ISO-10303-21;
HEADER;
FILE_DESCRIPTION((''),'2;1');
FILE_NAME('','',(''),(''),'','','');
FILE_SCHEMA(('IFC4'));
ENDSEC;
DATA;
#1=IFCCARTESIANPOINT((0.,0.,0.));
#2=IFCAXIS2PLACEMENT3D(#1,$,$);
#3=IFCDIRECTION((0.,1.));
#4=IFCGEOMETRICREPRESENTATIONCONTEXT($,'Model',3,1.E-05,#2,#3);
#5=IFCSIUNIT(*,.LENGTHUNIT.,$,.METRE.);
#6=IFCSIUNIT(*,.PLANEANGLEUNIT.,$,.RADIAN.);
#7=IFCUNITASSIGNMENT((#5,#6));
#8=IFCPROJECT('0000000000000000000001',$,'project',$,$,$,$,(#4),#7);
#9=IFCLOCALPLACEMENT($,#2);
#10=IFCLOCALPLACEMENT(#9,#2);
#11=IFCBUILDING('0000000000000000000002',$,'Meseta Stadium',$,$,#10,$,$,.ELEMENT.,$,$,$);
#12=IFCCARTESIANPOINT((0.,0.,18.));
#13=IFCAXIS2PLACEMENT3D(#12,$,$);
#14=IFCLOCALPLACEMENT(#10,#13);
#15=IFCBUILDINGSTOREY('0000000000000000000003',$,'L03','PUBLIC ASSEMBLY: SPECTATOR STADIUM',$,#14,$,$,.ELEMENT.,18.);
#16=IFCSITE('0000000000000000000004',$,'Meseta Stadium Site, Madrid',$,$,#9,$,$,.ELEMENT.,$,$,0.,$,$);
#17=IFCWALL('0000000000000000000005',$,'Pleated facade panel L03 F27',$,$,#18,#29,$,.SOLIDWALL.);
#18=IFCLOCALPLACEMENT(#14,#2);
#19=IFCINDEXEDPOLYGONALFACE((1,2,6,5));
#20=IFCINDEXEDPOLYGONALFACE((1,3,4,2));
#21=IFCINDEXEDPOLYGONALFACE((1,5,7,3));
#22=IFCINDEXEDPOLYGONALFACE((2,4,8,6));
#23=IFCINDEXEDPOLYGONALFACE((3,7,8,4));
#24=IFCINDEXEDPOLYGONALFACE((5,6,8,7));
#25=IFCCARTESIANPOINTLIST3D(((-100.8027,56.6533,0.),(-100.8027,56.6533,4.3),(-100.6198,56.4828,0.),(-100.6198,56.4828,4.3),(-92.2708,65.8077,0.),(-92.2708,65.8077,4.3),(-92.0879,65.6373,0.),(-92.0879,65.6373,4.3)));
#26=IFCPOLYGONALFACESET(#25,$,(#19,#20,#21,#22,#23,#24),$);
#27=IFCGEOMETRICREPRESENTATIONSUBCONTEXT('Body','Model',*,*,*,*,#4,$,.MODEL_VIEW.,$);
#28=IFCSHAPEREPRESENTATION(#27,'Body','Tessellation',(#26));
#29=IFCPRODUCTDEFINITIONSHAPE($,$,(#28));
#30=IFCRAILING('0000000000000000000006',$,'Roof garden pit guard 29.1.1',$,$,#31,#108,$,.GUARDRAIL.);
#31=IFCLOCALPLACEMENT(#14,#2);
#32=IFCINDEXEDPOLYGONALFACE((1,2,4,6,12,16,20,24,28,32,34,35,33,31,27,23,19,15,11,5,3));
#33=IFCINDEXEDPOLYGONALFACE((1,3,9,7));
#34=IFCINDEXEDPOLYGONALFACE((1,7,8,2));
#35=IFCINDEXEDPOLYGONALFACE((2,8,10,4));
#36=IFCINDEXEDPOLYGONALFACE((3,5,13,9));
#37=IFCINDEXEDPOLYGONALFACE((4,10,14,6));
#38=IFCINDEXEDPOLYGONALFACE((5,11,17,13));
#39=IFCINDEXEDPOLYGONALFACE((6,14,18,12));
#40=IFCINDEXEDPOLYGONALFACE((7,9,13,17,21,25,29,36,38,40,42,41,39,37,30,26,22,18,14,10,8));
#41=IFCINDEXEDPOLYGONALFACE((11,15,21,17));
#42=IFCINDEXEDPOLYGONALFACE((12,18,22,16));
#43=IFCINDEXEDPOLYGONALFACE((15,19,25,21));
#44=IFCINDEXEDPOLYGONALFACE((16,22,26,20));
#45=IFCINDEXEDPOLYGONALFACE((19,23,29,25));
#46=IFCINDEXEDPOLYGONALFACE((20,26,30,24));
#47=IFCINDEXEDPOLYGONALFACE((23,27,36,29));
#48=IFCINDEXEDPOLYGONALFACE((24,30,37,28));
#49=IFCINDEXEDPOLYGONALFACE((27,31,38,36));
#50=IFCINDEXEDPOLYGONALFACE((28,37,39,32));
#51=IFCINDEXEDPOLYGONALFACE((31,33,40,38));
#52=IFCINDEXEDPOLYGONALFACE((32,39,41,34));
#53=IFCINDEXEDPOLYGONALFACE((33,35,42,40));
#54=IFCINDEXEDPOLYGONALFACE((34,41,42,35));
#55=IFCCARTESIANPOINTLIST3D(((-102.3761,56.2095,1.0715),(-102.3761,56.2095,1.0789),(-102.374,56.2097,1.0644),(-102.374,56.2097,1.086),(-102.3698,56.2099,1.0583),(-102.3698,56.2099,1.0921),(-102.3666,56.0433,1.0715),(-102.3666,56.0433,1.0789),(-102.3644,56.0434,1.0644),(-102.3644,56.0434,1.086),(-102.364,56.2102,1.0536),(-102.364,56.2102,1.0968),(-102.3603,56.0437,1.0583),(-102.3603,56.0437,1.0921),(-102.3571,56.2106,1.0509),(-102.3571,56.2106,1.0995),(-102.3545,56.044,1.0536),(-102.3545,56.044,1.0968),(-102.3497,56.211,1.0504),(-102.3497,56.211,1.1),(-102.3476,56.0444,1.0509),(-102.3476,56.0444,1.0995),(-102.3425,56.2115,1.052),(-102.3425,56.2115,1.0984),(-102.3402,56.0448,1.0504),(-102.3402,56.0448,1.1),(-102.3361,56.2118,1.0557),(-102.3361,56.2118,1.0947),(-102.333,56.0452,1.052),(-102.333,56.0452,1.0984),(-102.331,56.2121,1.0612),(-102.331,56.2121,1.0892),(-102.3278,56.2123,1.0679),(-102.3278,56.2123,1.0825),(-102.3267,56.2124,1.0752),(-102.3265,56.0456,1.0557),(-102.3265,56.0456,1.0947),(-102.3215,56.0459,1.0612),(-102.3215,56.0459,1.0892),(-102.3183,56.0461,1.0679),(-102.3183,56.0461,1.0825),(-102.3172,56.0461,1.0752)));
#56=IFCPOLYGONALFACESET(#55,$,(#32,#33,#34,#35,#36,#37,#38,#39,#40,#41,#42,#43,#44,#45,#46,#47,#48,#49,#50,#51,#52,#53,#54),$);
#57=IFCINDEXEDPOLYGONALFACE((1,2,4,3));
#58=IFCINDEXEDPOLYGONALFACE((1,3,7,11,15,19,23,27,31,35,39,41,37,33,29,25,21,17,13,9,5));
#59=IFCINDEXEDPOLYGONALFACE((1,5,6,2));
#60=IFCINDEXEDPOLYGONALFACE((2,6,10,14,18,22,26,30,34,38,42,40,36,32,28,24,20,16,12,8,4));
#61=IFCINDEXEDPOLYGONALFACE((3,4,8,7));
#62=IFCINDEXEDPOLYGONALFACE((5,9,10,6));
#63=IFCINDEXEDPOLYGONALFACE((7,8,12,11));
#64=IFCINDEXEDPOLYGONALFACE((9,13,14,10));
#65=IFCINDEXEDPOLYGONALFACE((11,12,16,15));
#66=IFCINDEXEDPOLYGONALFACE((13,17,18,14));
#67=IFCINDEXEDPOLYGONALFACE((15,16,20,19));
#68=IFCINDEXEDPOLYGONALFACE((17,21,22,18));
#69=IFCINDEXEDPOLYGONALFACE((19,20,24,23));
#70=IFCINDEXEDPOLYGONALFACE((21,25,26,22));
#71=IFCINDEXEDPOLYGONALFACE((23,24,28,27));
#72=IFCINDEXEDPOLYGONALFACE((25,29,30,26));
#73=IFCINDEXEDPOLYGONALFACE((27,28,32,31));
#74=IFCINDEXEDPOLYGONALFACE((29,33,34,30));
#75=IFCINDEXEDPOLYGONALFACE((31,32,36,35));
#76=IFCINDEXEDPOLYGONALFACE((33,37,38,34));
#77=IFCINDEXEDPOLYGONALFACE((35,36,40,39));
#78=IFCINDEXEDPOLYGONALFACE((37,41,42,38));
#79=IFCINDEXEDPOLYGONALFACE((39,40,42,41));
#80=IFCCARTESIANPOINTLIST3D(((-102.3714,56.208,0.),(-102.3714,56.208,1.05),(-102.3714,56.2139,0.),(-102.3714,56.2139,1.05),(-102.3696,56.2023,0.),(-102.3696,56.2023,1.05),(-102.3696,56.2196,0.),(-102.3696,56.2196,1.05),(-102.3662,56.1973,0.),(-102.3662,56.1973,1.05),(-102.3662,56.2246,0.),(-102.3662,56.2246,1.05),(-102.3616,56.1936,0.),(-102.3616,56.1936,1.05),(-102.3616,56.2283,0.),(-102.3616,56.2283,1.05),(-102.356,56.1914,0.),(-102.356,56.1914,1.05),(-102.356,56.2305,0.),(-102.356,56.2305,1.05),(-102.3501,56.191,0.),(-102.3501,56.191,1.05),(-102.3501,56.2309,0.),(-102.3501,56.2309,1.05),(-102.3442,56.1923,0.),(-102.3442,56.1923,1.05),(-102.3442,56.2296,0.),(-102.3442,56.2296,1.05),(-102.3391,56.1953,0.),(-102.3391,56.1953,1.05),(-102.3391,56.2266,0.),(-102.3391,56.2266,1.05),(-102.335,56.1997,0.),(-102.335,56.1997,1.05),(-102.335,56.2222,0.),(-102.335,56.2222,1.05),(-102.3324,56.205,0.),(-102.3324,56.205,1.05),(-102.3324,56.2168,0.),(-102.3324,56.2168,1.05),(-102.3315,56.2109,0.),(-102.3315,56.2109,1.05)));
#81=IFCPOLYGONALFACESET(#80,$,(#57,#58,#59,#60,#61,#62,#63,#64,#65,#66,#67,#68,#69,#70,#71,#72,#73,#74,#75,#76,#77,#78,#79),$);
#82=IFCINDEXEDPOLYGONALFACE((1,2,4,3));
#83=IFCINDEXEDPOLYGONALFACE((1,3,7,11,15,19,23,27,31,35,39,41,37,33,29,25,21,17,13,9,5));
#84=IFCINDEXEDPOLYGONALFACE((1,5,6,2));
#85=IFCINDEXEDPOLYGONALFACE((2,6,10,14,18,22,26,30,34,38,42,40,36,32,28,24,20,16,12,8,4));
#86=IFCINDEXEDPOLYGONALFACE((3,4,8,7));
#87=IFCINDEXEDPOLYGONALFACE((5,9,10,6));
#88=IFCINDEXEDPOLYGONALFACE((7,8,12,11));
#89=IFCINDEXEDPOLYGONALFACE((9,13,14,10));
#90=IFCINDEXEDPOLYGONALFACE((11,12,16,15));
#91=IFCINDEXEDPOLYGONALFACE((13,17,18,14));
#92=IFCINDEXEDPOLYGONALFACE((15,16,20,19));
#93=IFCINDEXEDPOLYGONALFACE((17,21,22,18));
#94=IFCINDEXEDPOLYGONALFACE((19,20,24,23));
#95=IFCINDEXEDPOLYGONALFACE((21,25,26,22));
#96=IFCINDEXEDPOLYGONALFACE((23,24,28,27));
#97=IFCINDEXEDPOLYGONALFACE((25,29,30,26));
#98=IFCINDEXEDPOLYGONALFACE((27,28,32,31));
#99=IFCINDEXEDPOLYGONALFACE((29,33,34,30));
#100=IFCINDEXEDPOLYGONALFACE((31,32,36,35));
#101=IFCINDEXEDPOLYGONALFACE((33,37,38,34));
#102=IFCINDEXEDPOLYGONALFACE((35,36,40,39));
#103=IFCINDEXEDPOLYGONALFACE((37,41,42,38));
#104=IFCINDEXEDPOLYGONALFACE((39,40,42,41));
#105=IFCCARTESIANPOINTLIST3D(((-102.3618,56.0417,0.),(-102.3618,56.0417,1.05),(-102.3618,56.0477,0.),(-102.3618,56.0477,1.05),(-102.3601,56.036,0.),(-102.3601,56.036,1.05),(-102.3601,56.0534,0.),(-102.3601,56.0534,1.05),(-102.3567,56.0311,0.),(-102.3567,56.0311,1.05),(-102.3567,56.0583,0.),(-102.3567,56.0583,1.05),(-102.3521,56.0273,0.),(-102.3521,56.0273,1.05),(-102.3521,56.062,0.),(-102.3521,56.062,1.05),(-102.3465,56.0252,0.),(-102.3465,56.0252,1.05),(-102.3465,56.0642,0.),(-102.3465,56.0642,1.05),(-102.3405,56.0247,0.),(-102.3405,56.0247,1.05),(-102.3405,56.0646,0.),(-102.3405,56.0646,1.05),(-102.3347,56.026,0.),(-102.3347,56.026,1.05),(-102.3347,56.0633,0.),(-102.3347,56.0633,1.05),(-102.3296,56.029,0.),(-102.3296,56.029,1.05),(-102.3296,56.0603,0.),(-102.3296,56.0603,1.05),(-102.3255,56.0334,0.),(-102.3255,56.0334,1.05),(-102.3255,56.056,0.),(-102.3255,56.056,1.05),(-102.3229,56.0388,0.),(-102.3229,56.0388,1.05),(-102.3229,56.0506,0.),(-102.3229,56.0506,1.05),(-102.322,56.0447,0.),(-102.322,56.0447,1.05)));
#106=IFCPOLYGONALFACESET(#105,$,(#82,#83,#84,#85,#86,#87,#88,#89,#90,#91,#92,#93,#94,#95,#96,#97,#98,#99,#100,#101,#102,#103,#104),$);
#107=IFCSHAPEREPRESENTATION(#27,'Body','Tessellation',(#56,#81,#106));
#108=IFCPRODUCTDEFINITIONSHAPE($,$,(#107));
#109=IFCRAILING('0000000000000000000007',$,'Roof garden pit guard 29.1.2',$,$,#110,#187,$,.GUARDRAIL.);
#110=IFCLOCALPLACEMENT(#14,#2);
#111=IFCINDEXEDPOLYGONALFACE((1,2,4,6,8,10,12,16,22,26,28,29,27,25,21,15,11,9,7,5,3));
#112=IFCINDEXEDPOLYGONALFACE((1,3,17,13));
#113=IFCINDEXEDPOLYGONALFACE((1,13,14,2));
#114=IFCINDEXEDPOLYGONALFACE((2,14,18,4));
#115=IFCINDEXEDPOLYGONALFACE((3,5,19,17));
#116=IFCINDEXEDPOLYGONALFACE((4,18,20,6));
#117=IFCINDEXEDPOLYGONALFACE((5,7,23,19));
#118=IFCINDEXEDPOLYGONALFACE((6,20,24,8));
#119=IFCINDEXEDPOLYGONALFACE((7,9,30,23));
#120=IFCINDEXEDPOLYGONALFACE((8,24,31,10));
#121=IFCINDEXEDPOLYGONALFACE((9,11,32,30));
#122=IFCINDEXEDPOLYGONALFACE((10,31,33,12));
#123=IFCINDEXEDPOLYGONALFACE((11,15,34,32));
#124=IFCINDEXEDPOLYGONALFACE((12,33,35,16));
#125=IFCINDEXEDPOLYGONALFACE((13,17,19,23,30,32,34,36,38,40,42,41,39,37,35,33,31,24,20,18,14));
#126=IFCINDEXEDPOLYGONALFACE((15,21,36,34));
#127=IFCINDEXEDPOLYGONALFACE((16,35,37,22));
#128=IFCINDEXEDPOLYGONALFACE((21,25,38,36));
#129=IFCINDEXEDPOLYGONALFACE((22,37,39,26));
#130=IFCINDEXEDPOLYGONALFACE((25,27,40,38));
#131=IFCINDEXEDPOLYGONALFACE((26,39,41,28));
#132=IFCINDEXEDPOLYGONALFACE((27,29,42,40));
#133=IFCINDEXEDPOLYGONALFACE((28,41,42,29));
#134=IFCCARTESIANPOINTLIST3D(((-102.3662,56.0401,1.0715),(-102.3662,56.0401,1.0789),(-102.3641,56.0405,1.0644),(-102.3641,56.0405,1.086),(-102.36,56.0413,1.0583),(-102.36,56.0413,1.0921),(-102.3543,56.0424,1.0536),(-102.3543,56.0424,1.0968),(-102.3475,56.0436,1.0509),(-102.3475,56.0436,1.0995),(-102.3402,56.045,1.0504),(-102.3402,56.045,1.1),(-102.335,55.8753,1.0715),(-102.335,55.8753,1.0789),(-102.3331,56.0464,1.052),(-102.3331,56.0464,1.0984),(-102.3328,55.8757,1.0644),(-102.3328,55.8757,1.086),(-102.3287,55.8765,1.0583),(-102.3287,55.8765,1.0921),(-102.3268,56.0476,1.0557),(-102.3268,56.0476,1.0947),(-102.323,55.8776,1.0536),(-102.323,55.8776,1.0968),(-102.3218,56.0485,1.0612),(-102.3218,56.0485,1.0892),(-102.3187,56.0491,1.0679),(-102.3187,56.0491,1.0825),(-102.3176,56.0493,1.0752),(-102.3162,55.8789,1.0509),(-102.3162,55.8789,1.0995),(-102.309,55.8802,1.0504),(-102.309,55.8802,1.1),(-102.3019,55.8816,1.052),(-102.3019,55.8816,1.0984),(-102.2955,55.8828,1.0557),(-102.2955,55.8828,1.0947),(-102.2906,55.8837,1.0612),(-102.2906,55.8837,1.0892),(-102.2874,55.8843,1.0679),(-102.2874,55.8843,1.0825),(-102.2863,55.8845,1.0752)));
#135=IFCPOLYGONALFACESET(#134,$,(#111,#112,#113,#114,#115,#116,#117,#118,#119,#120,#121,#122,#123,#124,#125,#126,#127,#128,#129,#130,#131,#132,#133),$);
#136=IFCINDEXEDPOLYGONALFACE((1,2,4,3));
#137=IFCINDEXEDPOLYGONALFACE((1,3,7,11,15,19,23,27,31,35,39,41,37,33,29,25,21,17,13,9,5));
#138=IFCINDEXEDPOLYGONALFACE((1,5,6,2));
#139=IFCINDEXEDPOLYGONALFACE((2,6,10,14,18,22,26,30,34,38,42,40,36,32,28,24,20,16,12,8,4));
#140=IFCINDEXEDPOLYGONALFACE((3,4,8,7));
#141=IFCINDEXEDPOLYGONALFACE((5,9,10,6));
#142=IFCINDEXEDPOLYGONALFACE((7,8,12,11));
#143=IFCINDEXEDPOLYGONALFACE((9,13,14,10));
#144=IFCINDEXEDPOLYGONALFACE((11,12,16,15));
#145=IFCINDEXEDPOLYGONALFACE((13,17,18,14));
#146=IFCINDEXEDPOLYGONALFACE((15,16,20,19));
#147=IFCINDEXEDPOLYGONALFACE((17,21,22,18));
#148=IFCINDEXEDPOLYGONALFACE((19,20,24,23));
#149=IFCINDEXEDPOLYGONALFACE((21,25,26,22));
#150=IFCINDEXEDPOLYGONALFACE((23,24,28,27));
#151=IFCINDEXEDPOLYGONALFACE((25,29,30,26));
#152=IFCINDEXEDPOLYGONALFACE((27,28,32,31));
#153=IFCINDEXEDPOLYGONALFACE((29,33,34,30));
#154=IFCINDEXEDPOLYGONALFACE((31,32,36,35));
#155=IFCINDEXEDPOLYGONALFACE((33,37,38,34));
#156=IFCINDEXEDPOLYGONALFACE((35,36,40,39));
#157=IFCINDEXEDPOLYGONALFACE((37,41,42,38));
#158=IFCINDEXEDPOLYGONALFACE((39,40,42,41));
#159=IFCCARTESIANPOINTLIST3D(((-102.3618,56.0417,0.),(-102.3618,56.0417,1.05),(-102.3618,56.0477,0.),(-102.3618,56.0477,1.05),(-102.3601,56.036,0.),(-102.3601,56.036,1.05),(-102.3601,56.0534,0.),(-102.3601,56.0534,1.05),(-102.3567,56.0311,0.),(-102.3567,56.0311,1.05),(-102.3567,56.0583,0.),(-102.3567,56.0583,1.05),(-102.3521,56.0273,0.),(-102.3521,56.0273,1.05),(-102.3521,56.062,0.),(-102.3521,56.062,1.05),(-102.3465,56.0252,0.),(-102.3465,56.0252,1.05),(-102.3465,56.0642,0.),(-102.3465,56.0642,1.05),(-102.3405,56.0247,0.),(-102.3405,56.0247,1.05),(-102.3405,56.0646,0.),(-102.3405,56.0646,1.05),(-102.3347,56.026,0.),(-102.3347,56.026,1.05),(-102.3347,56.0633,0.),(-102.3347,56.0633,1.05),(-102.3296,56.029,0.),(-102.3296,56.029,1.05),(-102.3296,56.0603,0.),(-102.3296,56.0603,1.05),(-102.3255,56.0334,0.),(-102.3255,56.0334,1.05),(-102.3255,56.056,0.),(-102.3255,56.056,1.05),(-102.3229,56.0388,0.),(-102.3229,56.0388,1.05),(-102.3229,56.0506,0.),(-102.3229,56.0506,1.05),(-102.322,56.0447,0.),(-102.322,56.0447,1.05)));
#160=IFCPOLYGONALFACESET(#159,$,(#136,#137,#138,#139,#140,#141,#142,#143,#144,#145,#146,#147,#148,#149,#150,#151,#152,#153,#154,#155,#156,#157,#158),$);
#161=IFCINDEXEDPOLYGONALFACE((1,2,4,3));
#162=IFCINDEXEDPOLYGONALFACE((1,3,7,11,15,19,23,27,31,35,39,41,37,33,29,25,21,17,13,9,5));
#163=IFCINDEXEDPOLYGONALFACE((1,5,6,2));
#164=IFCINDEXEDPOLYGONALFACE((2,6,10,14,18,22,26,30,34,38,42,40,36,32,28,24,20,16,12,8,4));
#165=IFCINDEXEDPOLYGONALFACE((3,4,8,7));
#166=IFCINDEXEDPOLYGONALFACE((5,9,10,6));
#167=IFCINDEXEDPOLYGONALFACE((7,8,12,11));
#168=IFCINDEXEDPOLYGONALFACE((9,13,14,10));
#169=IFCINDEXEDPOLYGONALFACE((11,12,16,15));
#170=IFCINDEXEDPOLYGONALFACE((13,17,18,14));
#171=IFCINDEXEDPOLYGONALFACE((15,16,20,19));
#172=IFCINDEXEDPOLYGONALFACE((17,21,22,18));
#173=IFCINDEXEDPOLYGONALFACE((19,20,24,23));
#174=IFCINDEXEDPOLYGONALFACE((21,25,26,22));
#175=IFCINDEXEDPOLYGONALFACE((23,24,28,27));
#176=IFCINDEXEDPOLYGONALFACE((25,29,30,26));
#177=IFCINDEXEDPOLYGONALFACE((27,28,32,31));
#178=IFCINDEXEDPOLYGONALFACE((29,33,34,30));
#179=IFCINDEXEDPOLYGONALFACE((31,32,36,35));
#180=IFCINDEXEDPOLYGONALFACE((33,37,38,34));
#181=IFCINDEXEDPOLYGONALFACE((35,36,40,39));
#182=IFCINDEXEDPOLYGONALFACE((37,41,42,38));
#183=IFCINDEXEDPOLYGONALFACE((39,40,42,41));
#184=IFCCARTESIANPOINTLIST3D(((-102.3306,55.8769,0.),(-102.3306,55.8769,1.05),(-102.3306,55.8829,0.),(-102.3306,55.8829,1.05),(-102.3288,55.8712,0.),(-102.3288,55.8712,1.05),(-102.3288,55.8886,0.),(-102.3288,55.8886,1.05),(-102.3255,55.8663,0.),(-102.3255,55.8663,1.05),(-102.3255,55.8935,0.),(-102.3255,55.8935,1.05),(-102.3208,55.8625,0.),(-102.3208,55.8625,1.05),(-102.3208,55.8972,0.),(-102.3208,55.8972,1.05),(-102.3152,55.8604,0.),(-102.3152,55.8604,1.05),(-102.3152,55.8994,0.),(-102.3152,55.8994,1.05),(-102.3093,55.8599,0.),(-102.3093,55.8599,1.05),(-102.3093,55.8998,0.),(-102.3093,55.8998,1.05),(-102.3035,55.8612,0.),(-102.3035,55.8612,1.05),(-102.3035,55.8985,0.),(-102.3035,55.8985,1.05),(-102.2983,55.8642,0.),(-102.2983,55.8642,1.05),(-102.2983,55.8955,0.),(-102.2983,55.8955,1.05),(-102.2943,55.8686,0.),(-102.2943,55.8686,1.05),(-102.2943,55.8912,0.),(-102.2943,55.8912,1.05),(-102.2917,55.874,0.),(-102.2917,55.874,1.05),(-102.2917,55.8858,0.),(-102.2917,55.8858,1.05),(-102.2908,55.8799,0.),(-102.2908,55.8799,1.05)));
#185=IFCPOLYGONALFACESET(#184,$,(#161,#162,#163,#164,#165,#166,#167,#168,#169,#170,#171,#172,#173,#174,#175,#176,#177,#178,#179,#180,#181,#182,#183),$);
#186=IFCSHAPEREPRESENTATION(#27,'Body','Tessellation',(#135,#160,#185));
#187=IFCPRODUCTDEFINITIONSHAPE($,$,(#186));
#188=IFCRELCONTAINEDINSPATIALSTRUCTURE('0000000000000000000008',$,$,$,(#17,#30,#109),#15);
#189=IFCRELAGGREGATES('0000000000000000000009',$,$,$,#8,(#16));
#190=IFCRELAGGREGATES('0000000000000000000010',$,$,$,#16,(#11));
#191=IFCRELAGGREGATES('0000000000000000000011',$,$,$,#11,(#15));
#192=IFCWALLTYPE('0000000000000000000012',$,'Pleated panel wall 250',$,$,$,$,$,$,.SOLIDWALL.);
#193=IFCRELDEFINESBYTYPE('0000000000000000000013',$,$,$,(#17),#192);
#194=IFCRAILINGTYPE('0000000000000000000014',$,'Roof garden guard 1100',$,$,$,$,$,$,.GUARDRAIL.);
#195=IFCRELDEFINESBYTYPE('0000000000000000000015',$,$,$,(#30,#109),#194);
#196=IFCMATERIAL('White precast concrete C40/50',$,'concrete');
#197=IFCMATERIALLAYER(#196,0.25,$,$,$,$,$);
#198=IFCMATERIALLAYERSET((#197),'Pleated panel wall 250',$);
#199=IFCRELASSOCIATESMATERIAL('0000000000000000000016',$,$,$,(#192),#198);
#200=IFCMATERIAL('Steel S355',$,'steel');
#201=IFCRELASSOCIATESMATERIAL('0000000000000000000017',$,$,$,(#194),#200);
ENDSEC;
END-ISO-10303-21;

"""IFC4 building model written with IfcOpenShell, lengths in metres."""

from ifc_helpers import new_model, si_unit, direction, frame, frame_2d, origin, origin_2d, place, context, subcontext, project, spatial, rectangle, circle, extrude, material, layer, layer_set, type_object, element, save


model = new_model("IFC4")

# Units and contexts
model_context = context("Model", 3, precision=1e-05, world=origin(), true_north=direction((0.0, 1.0)))
body_context = subcontext(model_context, "Body", "Model", "MODEL_VIEW")
ifc_project = project(units=[si_unit("LENGTHUNIT", "METRE"), si_unit("PLANEANGLEUNIT", "RADIAN")], contexts=[model_context])

# Site, building, storey
site_placement = place(None, origin())
site = spatial("IfcSite", under=ifc_project, at=site_placement, Name="Meseta Stadium Site, Madrid", CompositionType="ELEMENT", RefElevation=0.0)
building_placement = place(site_placement, origin())
building = spatial("IfcBuilding", under=site, at=building_placement, Name="Meseta Stadium", CompositionType="ELEMENT")
storey_placement = place(building_placement, frame((0.0, 0.0, 18.0)))
storey = spatial("IfcBuildingStorey", under=building, at=storey_placement, Name="L03", Description="PUBLIC ASSEMBLY: SPECTATOR STADIUM", CompositionType="ELEMENT", Elevation=18.0)

# Wall
ifc_material_1 = material(Name="White precast concrete C40/50", Category="concrete")
ifc_layer_1 = layer(ifc_material_1, 0.25)
ifc_layer_set_1 = layer_set([ifc_layer_1], Name="Pleated panel wall 250")
wall_type_1 = type_object("IfcWallType", Name="Pleated panel wall 250", PredefinedType="SOLIDWALL", material=ifc_layer_set_1)
wall_1_placement = place(storey_placement, frame((-100.7112, 56.5681, 0.0), z_axis=(0.0, 0.0, 1.0), x_axis=(0.681795, 0.731544, 0.0)))
element("IfcWall", 1, at=wall_1_placement, inside=storey, type_object=wall_type_1, Name="Pleated facade panel L03 F27", PredefinedType="SOLIDWALL", context=body_context, shape_type="SweptSolid", body=[
    extrude(rectangle(XDim=12.5139, YDim=0.25, at=frame_2d((6.2568, 0.0))), origin(), (0.0, 0.0, 1.0), 4.3),
])

# Railings
ifc_material_2 = material(Name="Steel S355", Category="steel")
railing_type = type_object("IfcRailingType", Name="Roof garden guard 1100", PredefinedType="GUARDRAIL", material=ifc_material_2)
railing_1_placement = place(storey_placement, frame((-102.3516, 56.2109, 0.0)))
element("IfcRailing", 2, at=railing_1_placement, inside=storey, type_object=railing_type, Name="Roof garden pit guard 29.1.1", PredefinedType="GUARDRAIL", context=body_context, shape_type="SweptSolid", body=[
    extrude(circle(Radius=0.0249, at=origin_2d()), frame((0.0, 0.0, 1.0752), z_axis=(0.057175, -0.998364, 0.0), x_axis=(0.998364, 0.057175, 0.0)), (0.0, 0.0, 1.0), 0.1665),
    extrude(circle(Radius=0.02, at=origin_2d()), origin(), (0.0, 0.0, 1.0), 1.05),
    extrude(circle(Radius=0.02, at=origin_2d()), frame((0.0095, -0.1663, 0.0)), (0.0, 0.0, 1.0), 1.05),
])
railing_2_placement = place(storey_placement, frame((-102.342, 56.0447, 0.0)))
element("IfcRailing", 3, at=railing_2_placement, inside=storey, type_object=railing_type, Name="Roof garden pit guard 29.1.2", PredefinedType="GUARDRAIL", context=body_context, shape_type="SweptSolid", body=[
    extrude(circle(Radius=0.0249, at=origin_2d()), frame((0.0, 0.0, 1.0752), z_axis=(0.186309, -0.982491, 0.0), x_axis=(0.982491, 0.186309, 0.0)), (0.0, 0.0, 1.0), 0.1677),
    extrude(circle(Radius=0.02, at=origin_2d()), origin(), (0.0, 0.0, 1.0), 1.05),
    extrude(circle(Radius=0.02, at=origin_2d()), frame((0.0312, -0.1648, 0.0)), (0.0, 0.0, 1.0), 1.05),
])

save(model, "model.ifc")
